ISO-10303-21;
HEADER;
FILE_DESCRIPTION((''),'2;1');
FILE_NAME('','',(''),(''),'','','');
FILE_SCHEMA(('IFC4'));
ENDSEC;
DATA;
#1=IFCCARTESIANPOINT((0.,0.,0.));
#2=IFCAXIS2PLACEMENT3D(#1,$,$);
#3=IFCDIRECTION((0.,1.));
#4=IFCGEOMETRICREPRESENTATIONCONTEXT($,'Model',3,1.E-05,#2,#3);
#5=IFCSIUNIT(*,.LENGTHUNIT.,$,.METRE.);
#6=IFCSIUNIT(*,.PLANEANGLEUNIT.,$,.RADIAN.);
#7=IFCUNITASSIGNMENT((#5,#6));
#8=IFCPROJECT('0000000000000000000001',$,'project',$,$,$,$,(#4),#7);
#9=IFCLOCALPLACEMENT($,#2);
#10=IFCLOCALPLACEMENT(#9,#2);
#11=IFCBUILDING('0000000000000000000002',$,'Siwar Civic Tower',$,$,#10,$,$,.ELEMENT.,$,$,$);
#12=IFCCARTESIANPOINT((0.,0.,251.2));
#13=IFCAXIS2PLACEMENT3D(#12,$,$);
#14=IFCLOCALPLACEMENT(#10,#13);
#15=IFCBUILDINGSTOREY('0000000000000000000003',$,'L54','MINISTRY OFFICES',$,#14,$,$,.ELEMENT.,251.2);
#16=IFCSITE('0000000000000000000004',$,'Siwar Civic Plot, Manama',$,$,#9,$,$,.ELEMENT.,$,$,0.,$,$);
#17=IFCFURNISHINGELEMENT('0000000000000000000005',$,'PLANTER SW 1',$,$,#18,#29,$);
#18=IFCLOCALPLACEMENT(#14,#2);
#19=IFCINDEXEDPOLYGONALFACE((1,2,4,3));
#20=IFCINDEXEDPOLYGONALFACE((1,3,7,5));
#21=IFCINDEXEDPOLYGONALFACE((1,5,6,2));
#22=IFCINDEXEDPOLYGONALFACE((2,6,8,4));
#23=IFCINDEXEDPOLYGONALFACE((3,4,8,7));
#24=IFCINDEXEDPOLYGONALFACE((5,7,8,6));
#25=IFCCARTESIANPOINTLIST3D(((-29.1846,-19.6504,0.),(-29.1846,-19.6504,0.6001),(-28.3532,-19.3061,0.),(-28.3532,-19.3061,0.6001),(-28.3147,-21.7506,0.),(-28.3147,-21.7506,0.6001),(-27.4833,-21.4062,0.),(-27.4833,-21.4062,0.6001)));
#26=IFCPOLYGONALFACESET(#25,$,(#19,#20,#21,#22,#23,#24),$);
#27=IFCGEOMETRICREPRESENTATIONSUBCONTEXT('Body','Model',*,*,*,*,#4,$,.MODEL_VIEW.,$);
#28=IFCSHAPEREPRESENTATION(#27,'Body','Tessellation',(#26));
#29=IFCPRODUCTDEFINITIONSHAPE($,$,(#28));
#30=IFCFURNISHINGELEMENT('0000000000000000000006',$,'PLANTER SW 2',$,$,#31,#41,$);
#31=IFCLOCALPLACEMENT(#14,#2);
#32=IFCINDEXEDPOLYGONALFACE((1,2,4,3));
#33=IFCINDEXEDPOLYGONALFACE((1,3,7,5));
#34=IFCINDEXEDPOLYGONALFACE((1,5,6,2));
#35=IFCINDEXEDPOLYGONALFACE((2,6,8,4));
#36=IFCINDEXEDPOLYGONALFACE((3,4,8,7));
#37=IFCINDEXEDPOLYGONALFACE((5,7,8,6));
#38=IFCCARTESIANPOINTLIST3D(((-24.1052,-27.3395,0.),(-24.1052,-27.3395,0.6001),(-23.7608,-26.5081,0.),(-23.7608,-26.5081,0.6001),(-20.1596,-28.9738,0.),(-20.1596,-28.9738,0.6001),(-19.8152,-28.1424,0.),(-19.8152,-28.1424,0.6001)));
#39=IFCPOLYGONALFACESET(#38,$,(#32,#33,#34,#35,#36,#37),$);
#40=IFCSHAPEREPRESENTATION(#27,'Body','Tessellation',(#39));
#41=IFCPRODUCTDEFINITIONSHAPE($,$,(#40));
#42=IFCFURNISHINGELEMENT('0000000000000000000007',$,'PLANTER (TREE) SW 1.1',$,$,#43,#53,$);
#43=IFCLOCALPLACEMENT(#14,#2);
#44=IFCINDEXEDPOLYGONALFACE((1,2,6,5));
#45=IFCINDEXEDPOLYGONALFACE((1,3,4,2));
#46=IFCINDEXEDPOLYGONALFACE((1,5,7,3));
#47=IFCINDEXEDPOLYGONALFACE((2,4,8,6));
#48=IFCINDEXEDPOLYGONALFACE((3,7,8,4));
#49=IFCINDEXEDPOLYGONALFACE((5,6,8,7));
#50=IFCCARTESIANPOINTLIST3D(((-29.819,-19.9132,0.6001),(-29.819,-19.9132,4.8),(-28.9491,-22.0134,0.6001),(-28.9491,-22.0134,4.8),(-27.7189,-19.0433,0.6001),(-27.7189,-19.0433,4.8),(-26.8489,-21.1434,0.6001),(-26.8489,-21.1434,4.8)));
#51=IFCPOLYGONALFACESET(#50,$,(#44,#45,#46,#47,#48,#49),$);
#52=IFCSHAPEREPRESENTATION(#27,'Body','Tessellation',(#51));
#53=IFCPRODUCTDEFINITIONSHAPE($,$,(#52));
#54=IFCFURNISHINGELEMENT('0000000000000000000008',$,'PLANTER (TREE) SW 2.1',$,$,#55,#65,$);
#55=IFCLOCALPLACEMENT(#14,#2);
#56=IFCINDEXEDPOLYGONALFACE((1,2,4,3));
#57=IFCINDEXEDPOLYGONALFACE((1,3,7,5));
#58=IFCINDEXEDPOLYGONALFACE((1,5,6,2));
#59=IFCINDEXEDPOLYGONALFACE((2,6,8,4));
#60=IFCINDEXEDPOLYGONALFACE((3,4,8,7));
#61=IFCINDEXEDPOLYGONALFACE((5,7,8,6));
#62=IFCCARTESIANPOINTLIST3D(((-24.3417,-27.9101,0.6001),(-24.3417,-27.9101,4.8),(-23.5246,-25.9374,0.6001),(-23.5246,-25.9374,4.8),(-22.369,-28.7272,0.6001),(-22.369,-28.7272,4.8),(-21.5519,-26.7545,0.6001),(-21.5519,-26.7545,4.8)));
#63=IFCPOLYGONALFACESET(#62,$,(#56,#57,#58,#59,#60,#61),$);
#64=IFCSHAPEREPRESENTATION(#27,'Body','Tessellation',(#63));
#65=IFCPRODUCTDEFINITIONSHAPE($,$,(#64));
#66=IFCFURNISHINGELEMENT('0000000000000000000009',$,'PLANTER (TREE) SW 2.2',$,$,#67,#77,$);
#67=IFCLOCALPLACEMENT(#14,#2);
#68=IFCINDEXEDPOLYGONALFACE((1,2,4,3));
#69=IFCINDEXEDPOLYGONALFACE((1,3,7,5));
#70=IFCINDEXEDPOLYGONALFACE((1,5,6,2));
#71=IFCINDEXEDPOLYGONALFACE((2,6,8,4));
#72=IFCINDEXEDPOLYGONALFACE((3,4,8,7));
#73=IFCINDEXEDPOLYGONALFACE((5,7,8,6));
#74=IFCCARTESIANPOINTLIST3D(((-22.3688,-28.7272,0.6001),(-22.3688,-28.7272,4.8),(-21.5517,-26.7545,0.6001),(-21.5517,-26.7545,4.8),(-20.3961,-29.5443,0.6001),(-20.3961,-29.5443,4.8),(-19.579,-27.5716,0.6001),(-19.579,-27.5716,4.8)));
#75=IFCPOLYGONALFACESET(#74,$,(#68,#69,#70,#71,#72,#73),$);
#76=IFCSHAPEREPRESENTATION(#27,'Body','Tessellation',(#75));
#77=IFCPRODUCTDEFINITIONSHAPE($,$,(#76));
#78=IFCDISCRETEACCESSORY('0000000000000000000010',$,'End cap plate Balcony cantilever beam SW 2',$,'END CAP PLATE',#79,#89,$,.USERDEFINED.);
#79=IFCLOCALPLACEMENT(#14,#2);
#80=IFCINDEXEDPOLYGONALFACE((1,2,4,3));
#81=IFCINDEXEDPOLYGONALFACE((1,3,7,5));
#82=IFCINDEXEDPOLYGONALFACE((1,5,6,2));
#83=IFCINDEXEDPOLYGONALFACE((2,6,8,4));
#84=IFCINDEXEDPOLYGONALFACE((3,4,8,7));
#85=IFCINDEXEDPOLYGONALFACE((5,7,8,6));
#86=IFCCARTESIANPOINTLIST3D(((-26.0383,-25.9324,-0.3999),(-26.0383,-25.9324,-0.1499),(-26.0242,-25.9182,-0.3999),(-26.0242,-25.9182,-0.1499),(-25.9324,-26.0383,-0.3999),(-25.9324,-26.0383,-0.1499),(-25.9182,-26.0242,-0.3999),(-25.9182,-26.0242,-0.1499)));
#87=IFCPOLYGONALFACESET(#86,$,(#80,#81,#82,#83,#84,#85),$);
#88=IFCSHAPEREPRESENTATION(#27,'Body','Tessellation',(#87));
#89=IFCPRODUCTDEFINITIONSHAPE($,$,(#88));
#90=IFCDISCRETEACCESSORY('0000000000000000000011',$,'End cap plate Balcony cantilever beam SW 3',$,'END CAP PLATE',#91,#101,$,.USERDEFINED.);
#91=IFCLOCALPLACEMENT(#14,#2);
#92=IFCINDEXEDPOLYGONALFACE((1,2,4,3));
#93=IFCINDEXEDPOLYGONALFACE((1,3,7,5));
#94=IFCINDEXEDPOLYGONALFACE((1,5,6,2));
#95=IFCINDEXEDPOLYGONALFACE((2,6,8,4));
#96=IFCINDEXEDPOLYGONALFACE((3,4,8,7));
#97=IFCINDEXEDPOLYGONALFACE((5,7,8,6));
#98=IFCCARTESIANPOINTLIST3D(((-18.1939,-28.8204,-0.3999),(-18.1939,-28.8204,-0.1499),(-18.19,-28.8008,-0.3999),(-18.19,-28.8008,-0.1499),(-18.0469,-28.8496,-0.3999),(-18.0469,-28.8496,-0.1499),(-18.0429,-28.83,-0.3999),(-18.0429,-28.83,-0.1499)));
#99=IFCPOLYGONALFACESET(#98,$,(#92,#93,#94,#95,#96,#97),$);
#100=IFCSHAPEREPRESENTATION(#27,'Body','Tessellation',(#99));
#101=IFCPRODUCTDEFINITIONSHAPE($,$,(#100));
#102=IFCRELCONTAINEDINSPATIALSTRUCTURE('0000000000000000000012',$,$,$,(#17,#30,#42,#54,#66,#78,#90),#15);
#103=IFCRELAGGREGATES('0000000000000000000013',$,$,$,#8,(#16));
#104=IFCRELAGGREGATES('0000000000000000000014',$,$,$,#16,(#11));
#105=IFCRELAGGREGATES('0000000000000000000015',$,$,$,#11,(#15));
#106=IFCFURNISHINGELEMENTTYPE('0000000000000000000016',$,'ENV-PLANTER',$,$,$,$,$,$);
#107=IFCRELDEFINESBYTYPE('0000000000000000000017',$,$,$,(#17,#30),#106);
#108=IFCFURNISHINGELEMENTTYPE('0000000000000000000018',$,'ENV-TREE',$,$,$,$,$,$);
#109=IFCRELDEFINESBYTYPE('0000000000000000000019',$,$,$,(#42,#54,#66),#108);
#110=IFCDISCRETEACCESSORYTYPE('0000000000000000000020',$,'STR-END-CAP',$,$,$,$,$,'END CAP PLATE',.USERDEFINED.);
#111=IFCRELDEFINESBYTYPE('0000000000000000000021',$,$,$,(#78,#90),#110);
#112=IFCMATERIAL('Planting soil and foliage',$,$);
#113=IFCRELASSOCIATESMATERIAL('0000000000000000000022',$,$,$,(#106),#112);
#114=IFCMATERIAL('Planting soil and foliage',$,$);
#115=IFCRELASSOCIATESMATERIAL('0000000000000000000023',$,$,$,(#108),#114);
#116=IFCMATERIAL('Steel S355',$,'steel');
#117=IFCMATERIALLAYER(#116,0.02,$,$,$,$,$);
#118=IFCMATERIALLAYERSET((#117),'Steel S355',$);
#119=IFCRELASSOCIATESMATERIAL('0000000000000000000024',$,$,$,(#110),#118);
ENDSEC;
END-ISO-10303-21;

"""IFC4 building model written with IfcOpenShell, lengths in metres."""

from ifc_helpers import new_model, si_unit, direction, frame, origin, origin_2d, place, context, subcontext, project, spatial, rectangle, extrude, material, layer, layer_set, type_object, element, save


model = new_model("IFC4")

# Units and contexts
model_context = context("Model", 3, precision=1e-05, world=origin(), true_north=direction((0.0, 1.0)))
body_context = subcontext(model_context, "Body", "Model", "MODEL_VIEW")
ifc_project = project(units=[si_unit("LENGTHUNIT", "METRE"), si_unit("PLANEANGLEUNIT", "RADIAN")], contexts=[model_context])

# Site, building, storey
site_placement = place(None, origin())
site = spatial("IfcSite", under=ifc_project, at=site_placement, Name="Siwar Civic Plot, Manama", CompositionType="ELEMENT", RefElevation=0.0)
building_placement = place(site_placement, origin())
building = spatial("IfcBuilding", under=site, at=building_placement, Name="Siwar Civic Tower", CompositionType="ELEMENT")
storey_placement = place(building_placement, frame((0.0, 0.0, 251.2)))
storey = spatial("IfcBuildingStorey", under=building, at=storey_placement, Name="L54", Description="MINISTRY OFFICES", CompositionType="ELEMENT", Elevation=251.2)

# Furnishing elements
ifc_material_1 = material(Name="Planting soil and foliage")
furnishing_element_type_1 = type_object("IfcFurnishingElementType", Name="ENV-PLANTER", material=ifc_material_1)
furnishing_1_placement = place(storey_placement, frame((-28.334, -20.5283, 0.0), z_axis=(0.0, 0.0, 1.0), x_axis=(0.382683, -0.92388, 0.0)))
element("IfcFurnishingElement", 1, at=furnishing_1_placement, inside=storey, type_object=furnishing_element_type_1, Name="PLANTER SW 1", context=body_context, shape_type="SweptSolid", body=[
    extrude(rectangle(XDim=2.2732, YDim=0.8999, at=origin_2d()), origin(), (0.0, 0.0, 1.0), 0.6001),
])
furnishing_2_placement = place(storey_placement, frame((-21.9602, -27.741, 0.0), z_axis=(0.0, 0.0, 1.0), x_axis=(0.92388, -0.382683, 0.0)))
element("IfcFurnishingElement", 2, at=furnishing_2_placement, inside=storey, type_object=furnishing_element_type_1, Name="PLANTER SW 2", context=body_context, shape_type="SweptSolid", body=[
    extrude(rectangle(XDim=4.2708, YDim=0.8999, at=origin_2d()), origin(), (0.0, 0.0, 1.0), 0.6001),
])
ifc_material_2 = material(Name="Planting soil and foliage")
furnishing_element_type_2 = type_object("IfcFurnishingElementType", Name="ENV-TREE", material=ifc_material_2)
furnishing_3_placement = place(storey_placement, frame((-28.334, -20.5283, 0.6001), z_axis=(0.0, 0.0, 1.0), x_axis=(0.382683, -0.92388, 0.0)))
element("IfcFurnishingElement", 3, at=furnishing_3_placement, inside=storey, type_object=furnishing_element_type_2, Name="PLANTER (TREE) SW 1.1", context=body_context, shape_type="SweptSolid", body=[
    extrude(rectangle(XDim=2.2732, YDim=2.2732, at=origin_2d()), origin(), (0.0, 0.0, 1.0), 4.2),
])
for number, where, z_axis, x_axis, name in (
    (4, (-22.9468, -27.3323, 0.6001), (0.0, 0.0, 1.0), (0.92388, -0.382683, 0.0), "PLANTER (TREE) SW 2.1"),
    (5, (-20.9739, -28.1494, 0.6001), (0.0, 0.0, 1.0), (0.92388, -0.382683, 0.0), "PLANTER (TREE) SW 2.2"),
):
    element("IfcFurnishingElement", number, at=place(storey_placement, frame(where, z_axis=z_axis, x_axis=x_axis)), inside=storey, type_object=furnishing_element_type_2, Name=name, context=body_context, shape_type="SweptSolid", body=[
        extrude(rectangle(XDim=2.1353, YDim=2.1353, at=origin_2d()), origin(), (0.0, 0.0, 1.0), 4.2),
    ])

# Discrete accessories
ifc_material_3 = material(Name="Steel S355", Category="steel")
ifc_layer_1 = layer(ifc_material_3, 0.02)
ifc_layer_set_1 = layer_set([ifc_layer_1], Name="Steel S355")
discrete_accessory_type = type_object("IfcDiscreteAccessoryType", Name="STR-END-CAP", ElementType="END CAP PLATE", PredefinedType="USERDEFINED", material=ifc_layer_set_1)
for number, where, z_axis, x_axis, name in (
    (6, (-25.9783, -25.9783, -0.3999), (0.0, 0.0, 1.0), (-0.707107, -0.707107, 0.0), "End cap plate Balcony cantilever beam SW 2"),
    (7, (-18.1184, -28.8252, -0.3999), (0.0, 0.0, 1.0), (-0.19509, -0.980785, 0.0), "End cap plate Balcony cantilever beam SW 3"),
):
    element("IfcDiscreteAccessory", number, at=place(storey_placement, frame(where, z_axis=z_axis, x_axis=x_axis)), inside=storey, type_object=discrete_accessory_type, Name=name, ObjectType="END CAP PLATE", PredefinedType="USERDEFINED", context=body_context, shape_type="SweptSolid", body=[
        extrude(rectangle(XDim=0.02, YDim=0.1499, at=origin_2d()), origin(), (0.0, 0.0, 1.0), 0.25),
    ])

save(model, "model.ifc")
